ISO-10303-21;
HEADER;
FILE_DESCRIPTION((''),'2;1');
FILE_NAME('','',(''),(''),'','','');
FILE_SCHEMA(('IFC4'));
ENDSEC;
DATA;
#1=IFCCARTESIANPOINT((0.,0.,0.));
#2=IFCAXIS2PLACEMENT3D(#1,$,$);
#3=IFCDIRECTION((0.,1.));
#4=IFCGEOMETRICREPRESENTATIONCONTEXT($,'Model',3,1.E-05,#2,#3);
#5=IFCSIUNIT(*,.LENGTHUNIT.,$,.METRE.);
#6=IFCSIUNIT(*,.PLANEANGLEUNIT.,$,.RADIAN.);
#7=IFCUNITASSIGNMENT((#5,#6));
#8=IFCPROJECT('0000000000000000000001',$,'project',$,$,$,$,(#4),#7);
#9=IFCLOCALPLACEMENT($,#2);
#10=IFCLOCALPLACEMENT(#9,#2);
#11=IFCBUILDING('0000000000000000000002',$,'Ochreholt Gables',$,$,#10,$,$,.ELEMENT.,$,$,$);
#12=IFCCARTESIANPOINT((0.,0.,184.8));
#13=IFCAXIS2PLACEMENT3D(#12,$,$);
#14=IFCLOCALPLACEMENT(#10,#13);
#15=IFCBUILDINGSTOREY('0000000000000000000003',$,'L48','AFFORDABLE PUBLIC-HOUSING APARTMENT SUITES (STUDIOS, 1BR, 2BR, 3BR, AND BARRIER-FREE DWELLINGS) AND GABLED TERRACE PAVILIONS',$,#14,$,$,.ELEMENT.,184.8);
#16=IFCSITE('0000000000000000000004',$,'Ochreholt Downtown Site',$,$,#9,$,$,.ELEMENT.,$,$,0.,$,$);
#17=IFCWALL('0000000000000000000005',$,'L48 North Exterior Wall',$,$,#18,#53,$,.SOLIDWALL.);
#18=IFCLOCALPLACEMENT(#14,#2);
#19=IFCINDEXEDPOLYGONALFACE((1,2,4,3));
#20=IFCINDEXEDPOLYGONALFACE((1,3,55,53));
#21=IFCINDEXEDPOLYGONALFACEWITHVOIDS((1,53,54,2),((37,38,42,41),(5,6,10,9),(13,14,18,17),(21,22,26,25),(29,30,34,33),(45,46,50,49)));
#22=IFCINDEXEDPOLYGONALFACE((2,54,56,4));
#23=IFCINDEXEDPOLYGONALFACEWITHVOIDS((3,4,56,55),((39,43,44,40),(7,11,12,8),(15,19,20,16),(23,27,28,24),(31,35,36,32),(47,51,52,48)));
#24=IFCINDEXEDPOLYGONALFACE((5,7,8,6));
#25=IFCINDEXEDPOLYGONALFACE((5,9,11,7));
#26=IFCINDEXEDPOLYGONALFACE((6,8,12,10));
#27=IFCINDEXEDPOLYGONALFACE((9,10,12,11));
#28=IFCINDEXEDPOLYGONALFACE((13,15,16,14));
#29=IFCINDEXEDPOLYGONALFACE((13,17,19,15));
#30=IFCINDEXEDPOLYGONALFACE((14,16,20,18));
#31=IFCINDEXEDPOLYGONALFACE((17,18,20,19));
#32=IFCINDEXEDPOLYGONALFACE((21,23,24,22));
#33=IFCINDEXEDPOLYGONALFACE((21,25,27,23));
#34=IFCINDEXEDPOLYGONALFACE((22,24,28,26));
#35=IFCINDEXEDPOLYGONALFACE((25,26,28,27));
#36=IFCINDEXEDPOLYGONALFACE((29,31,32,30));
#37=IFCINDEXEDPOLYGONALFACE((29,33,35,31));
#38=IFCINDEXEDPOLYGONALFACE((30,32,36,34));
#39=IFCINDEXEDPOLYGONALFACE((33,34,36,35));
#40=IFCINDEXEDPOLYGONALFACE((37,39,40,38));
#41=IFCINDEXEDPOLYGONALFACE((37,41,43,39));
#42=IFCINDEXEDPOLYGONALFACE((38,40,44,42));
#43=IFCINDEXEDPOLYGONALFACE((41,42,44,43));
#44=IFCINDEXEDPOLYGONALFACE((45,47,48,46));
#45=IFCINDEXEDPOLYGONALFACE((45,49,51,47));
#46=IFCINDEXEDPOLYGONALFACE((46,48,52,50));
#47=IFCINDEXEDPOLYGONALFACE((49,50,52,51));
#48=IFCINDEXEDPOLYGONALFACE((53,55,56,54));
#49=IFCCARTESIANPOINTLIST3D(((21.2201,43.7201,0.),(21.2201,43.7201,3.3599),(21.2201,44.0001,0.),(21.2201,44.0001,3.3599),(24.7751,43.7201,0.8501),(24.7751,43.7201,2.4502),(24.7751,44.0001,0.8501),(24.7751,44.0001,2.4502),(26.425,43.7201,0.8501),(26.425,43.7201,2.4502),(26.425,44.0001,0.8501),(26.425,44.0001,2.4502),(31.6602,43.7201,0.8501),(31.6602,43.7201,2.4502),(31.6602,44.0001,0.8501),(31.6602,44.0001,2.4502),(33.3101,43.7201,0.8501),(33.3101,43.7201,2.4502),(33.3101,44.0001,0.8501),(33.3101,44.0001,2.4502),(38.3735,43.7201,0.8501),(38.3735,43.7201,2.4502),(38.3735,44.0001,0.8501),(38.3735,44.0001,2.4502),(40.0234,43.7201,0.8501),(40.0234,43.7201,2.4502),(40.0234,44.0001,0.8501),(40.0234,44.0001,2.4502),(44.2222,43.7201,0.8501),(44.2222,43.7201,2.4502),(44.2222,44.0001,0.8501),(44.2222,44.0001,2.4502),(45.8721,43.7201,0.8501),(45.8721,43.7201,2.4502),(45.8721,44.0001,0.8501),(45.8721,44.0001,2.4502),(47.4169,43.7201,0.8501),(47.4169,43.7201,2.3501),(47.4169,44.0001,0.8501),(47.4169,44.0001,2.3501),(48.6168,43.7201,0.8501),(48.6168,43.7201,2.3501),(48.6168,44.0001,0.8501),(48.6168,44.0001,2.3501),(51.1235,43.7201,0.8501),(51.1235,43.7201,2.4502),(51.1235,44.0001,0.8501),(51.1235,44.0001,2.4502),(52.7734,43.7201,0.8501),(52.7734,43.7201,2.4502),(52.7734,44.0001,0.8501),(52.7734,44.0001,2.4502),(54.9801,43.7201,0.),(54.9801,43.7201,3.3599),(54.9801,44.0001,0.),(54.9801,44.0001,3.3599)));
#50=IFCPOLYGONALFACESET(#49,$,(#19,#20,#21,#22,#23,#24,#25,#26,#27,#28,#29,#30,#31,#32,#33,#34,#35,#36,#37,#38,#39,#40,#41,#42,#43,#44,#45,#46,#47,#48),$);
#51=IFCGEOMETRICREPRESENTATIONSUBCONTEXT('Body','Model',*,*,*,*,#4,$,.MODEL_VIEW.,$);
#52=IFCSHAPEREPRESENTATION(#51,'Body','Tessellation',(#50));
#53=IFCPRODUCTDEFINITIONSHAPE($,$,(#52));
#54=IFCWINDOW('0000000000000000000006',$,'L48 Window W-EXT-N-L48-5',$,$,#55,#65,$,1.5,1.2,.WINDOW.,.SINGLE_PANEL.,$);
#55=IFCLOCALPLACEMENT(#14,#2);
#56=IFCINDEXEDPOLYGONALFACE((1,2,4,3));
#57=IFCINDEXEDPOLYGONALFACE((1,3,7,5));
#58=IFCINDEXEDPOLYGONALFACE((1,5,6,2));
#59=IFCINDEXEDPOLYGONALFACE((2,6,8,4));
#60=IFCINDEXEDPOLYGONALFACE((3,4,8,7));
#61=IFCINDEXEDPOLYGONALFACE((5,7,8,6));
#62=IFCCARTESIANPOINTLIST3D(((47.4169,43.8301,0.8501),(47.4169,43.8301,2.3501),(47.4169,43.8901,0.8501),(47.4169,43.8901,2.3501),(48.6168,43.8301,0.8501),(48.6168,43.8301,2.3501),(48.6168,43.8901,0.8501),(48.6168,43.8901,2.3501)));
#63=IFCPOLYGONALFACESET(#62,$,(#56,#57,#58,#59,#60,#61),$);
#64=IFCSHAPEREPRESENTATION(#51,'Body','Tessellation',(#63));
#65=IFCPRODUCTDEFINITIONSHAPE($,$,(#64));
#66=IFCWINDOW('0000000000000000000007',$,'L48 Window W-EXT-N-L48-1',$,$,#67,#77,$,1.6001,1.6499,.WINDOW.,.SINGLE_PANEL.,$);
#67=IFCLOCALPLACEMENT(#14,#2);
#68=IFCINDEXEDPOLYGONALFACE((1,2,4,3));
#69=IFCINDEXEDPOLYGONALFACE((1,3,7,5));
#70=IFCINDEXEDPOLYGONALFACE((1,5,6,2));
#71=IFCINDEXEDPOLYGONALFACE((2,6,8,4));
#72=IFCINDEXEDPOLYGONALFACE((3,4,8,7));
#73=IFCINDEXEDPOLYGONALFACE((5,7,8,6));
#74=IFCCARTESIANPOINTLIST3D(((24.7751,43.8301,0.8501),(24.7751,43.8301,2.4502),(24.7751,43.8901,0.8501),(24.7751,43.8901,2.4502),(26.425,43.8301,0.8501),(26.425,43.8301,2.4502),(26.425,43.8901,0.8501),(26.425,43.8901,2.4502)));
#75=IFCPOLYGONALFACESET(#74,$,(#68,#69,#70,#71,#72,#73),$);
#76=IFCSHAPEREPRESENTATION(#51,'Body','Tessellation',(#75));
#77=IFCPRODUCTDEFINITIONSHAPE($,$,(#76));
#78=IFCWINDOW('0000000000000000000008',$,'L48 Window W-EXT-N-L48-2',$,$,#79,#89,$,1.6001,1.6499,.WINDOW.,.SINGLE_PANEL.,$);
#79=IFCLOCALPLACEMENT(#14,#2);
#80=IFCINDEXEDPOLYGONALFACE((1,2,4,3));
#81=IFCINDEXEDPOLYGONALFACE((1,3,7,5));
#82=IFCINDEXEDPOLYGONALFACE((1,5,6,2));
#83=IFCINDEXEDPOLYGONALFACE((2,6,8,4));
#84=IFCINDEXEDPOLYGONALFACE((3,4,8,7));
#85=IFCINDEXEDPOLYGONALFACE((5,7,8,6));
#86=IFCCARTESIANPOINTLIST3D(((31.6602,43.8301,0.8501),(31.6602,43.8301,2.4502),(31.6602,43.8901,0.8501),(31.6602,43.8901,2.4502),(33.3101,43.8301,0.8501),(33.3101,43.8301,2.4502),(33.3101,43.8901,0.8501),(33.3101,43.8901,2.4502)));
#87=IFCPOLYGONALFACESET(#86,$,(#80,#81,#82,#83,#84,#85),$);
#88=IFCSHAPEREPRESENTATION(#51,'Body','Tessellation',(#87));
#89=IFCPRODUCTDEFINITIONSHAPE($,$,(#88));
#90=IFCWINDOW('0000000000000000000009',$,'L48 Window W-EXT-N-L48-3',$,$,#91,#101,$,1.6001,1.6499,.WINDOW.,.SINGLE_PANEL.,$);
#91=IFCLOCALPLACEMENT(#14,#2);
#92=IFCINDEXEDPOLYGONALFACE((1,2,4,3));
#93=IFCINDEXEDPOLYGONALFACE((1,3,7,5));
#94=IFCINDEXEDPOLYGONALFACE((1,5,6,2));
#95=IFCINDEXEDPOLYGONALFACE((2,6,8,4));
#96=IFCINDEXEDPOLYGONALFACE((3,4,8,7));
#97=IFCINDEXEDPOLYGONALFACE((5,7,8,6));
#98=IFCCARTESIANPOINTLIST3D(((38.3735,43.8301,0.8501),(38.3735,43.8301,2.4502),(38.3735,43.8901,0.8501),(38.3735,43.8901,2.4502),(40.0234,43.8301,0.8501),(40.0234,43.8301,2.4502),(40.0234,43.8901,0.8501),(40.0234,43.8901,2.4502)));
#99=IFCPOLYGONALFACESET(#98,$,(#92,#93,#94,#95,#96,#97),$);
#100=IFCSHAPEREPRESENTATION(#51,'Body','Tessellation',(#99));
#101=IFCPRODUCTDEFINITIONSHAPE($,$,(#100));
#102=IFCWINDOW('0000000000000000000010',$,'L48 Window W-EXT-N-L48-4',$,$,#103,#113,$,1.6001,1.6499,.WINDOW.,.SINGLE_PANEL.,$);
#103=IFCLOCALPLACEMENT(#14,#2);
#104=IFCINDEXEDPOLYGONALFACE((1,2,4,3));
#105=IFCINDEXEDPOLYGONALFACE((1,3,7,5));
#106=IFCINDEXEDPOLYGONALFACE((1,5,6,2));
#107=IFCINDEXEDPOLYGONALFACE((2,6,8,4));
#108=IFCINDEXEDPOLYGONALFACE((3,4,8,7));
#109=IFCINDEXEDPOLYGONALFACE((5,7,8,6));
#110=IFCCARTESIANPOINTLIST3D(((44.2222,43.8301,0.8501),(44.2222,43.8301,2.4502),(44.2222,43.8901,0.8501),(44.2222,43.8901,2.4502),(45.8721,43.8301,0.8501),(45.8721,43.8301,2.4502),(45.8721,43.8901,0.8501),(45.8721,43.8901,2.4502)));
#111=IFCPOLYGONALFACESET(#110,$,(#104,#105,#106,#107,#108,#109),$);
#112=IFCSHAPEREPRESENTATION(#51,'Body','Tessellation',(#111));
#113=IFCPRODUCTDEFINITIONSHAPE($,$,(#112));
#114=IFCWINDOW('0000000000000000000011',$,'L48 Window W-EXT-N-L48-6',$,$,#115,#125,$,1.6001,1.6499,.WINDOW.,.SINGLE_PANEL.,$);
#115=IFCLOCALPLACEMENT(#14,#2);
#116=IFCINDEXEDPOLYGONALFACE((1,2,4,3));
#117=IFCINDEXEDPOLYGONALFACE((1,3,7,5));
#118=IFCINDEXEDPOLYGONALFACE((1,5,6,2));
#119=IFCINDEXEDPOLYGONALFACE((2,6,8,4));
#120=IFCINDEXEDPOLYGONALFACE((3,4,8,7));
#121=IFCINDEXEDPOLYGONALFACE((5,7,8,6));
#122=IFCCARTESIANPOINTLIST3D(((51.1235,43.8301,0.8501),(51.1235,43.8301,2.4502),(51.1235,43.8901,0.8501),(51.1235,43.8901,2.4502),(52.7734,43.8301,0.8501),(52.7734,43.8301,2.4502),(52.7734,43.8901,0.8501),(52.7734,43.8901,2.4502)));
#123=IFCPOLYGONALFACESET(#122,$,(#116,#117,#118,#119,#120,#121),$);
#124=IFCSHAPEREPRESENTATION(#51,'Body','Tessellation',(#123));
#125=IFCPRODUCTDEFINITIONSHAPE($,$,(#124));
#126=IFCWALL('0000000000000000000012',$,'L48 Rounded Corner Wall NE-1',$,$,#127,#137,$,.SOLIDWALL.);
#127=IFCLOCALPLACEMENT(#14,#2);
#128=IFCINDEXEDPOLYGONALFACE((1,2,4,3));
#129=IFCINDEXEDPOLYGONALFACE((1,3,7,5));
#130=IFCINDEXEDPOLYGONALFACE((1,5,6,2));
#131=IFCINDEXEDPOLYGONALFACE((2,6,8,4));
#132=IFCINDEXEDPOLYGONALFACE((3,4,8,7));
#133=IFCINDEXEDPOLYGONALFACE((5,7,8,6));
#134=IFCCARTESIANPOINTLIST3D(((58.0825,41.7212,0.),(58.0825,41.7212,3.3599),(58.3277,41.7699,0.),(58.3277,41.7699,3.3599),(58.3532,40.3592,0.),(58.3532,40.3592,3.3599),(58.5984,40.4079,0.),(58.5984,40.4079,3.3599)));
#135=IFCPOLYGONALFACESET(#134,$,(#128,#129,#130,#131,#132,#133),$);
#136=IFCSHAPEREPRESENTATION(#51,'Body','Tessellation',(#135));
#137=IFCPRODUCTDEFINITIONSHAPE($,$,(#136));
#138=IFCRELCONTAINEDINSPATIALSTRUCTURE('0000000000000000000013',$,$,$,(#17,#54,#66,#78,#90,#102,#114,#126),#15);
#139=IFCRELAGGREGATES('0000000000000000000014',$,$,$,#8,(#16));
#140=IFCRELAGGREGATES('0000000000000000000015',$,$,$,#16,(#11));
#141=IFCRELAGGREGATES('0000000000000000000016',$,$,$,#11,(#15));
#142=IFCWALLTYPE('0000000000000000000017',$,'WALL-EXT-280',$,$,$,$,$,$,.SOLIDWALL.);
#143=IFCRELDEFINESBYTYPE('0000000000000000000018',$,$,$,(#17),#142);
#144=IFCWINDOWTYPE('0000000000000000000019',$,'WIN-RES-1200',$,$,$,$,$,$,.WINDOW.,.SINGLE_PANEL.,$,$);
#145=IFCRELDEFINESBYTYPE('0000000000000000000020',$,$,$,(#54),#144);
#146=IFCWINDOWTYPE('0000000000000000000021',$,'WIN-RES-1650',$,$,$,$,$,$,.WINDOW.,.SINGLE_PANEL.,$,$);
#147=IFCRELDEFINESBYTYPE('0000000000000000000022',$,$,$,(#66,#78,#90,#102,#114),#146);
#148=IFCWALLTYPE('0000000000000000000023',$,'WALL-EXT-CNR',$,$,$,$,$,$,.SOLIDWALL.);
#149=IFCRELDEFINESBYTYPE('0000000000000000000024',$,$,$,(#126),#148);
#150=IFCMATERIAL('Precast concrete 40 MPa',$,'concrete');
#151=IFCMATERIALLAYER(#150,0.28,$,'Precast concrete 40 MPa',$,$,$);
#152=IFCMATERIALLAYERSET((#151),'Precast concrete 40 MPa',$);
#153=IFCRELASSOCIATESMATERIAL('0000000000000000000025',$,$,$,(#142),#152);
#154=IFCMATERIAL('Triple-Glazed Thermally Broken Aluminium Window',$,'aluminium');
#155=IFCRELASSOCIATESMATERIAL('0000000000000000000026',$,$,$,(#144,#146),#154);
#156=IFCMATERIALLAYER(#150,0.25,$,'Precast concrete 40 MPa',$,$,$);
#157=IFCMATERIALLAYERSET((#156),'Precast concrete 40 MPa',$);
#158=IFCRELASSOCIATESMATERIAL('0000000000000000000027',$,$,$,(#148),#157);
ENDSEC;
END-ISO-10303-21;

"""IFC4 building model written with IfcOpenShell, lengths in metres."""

from ifc_helpers import new_model, si_unit, direction, frame, frame_2d, origin, place, context, subcontext, project, spatial, rectangle, extrude, material, layer, layer_set, type_object, element, fill, save


model = new_model("IFC4")

# Units and contexts
model_context = context("Model", 3, precision=1e-05, world=origin(), true_north=direction((0.0, 1.0)))
body_context = subcontext(model_context, "Body", "Model", "MODEL_VIEW")
ifc_project = project(units=[si_unit("LENGTHUNIT", "METRE"), si_unit("PLANEANGLEUNIT", "RADIAN")], contexts=[model_context])

# Site, building, storey
site_placement = place(None, origin())
site = spatial("IfcSite", under=ifc_project, at=site_placement, Name="Ochreholt Downtown Site", CompositionType="ELEMENT", RefElevation=0.0)
building_placement = place(site_placement, origin())
building = spatial("IfcBuilding", under=site, at=building_placement, Name="Ochreholt Gables", CompositionType="ELEMENT")
storey_placement = place(building_placement, frame((0.0, 0.0, 184.8)))
storey = spatial("IfcBuildingStorey", under=building, at=storey_placement, Name="L48", Description="AFFORDABLE PUBLIC-HOUSING APARTMENT SUITES (STUDIOS, 1BR, 2BR, 3BR, AND BARRIER-FREE DWELLINGS) AND GABLED TERRACE PAVILIONS", CompositionType="ELEMENT", Elevation=184.8)

# Wall, openings, windows
ifc_material_1 = material(Name="Precast concrete 40 MPa", Category="concrete")
ifc_layer_1 = layer(ifc_material_1, 0.28, Name="Precast concrete 40 MPa")
ifc_layer_set_1 = layer_set([ifc_layer_1], Name="Precast concrete 40 MPa")
wall_type_1 = type_object("IfcWallType", Name="WALL-EXT-280", PredefinedType="SOLIDWALL", material=ifc_layer_set_1)
wall_1_placement = place(storey_placement, frame((54.98, 43.8601, 0.0), z_axis=(0.0, 0.0, 1.0), x_axis=(-1.0, 0.0, 0.0)))
wall_1 = element("IfcWall", 1, at=wall_1_placement, inside=storey, type_object=wall_type_1, Name="L48 North Exterior Wall", PredefinedType="SOLIDWALL", context=body_context, shape_type="SweptSolid", body=[
    extrude(rectangle(XDim=33.76, YDim=0.28, at=frame_2d((16.8799, 0.0))), origin(), (0.0, 0.0, 1.0), 3.3599),
])
opening_1_placement = place(wall_1_placement, frame((28.5549, 0.0, 0.8501)))
opening_1 = element("IfcOpeningElement", 2, at=opening_1_placement, cuts=wall_1, PredefinedType="OPENING", context=body_context, shape_type="SweptSolid", body=[
    extrude(rectangle(XDim=1.6499, YDim=1.6001, at=frame_2d((0.825, 0.8))), frame((0.0, 0.1499, 0.0), z_axis=(0.0, -1.0, 0.0), x_axis=(1.0, 0.0, 0.0)), (0.0, 0.0, 1.0), 0.3),
])
opening_2_placement = place(wall_1_placement, frame((21.6699, 0.0, 0.8501)))
opening_2 = element("IfcOpeningElement", 3, at=opening_2_placement, cuts=wall_1, PredefinedType="OPENING", context=body_context, shape_type="SweptSolid", body=[
    extrude(rectangle(XDim=1.6499, YDim=1.6001, at=frame_2d((0.825, 0.8))), frame((0.0, 0.1499, 0.0), z_axis=(0.0, -1.0, 0.0), x_axis=(1.0, 0.0, 0.0)), (0.0, 0.0, 1.0), 0.3),
])
opening_3_placement = place(wall_1_placement, frame((14.9565, 0.0, 0.8501)))
opening_3 = element("IfcOpeningElement", 4, at=opening_3_placement, cuts=wall_1, PredefinedType="OPENING", context=body_context, shape_type="SweptSolid", body=[
    extrude(rectangle(XDim=1.6499, YDim=1.6001, at=frame_2d((0.825, 0.8))), frame((0.0, 0.1499, 0.0), z_axis=(0.0, -1.0, 0.0), x_axis=(1.0, 0.0, 0.0)), (0.0, 0.0, 1.0), 0.3),
])
opening_4_placement = place(wall_1_placement, frame((9.1079, 0.0, 0.8501)))
opening_4 = element("IfcOpeningElement", 5, at=opening_4_placement, cuts=wall_1, PredefinedType="OPENING", context=body_context, shape_type="SweptSolid", body=[
    extrude(rectangle(XDim=1.6499, YDim=1.6001, at=frame_2d((0.825, 0.8))), frame((0.0, 0.1499, 0.0), z_axis=(0.0, -1.0, 0.0), x_axis=(1.0, 0.0, 0.0)), (0.0, 0.0, 1.0), 0.3),
])
opening_5_placement = place(wall_1_placement, frame((6.363, 0.0, 0.8501)))
opening_5 = element("IfcOpeningElement", 6, at=opening_5_placement, cuts=wall_1, PredefinedType="OPENING", context=body_context, shape_type="SweptSolid", body=[
    extrude(rectangle(XDim=1.2, YDim=1.5, at=frame_2d((0.6001, 0.75))), frame((0.0, 0.1499, 0.0), z_axis=(0.0, -1.0, 0.0), x_axis=(1.0, 0.0, 0.0)), (0.0, 0.0, 1.0), 0.3),
])
opening_6_placement = place(wall_1_placement, frame((2.2065, 0.0, 0.8501)))
opening_6 = element("IfcOpeningElement", 7, at=opening_6_placement, cuts=wall_1, PredefinedType="OPENING", context=body_context, shape_type="SweptSolid", body=[
    extrude(rectangle(XDim=1.6499, YDim=1.6001, at=frame_2d((0.825, 0.8))), frame((0.0, 0.1499, 0.0), z_axis=(0.0, -1.0, 0.0), x_axis=(1.0, 0.0, 0.0)), (0.0, 0.0, 1.0), 0.3),
])
ifc_material_2 = material(Name="Triple-Glazed Thermally Broken Aluminium Window", Category="aluminium")
window_type_1 = type_object("IfcWindowType", Name="WIN-RES-1200", PartitioningType="SINGLE_PANEL", PredefinedType="WINDOW", material=ifc_material_2)
window_1_placement = place(opening_5_placement, origin())
window_1 = element("IfcWindow", 8, at=window_1_placement, inside=storey, type_object=window_type_1, Name="L48 Window W-EXT-N-L48-5", OverallHeight=1.5, OverallWidth=1.2, PartitioningType="SINGLE_PANEL", PredefinedType="WINDOW", context=body_context, shape_type="SweptSolid", body=[
    extrude(rectangle(XDim=1.2, YDim=1.5, at=frame_2d((0.6001, 0.75))), frame((0.0, 0.03, 0.0), z_axis=(0.0, -1.0, 0.0), x_axis=(1.0, 0.0, 0.0)), (0.0, 0.0, 1.0), 0.0601),
])
fill(opening_5, window_1)
window_type_2 = type_object("IfcWindowType", Name="WIN-RES-1650", PartitioningType="SINGLE_PANEL", PredefinedType="WINDOW", material=ifc_material_2)
window_2_placement = place(opening_1_placement, origin())
window_2 = element("IfcWindow", 9, at=window_2_placement, inside=storey, type_object=window_type_2, Name="L48 Window W-EXT-N-L48-1", OverallHeight=1.6001, OverallWidth=1.6499, PartitioningType="SINGLE_PANEL", PredefinedType="WINDOW", context=body_context, shape_type="SweptSolid", body=[
    extrude(rectangle(XDim=1.6499, YDim=1.6001, at=frame_2d((0.825, 0.8))), frame((0.0, 0.03, 0.0), z_axis=(0.0, -1.0, 0.0), x_axis=(1.0, 0.0, 0.0)), (0.0, 0.0, 1.0), 0.0601),
])
fill(opening_1, window_2)
window_3_placement = place(opening_2_placement, origin())
window_3 = element("IfcWindow", 10, at=window_3_placement, inside=storey, type_object=window_type_2, Name="L48 Window W-EXT-N-L48-2", OverallHeight=1.6001, OverallWidth=1.6499, PartitioningType="SINGLE_PANEL", PredefinedType="WINDOW", context=body_context, shape_type="SweptSolid", body=[
    extrude(rectangle(XDim=1.6499, YDim=1.6001, at=frame_2d((0.825, 0.8))), frame((0.0, 0.03, 0.0), z_axis=(0.0, -1.0, 0.0), x_axis=(1.0, 0.0, 0.0)), (0.0, 0.0, 1.0), 0.0601),
])
fill(opening_2, window_3)
window_4_placement = place(opening_3_placement, origin())
window_4 = element("IfcWindow", 11, at=window_4_placement, inside=storey, type_object=window_type_2, Name="L48 Window W-EXT-N-L48-3", OverallHeight=1.6001, OverallWidth=1.6499, PartitioningType="SINGLE_PANEL", PredefinedType="WINDOW", context=body_context, shape_type="SweptSolid", body=[
    extrude(rectangle(XDim=1.6499, YDim=1.6001, at=frame_2d((0.825, 0.8))), frame((0.0, 0.03, 0.0), z_axis=(0.0, -1.0, 0.0), x_axis=(1.0, 0.0, 0.0)), (0.0, 0.0, 1.0), 0.0601),
])
fill(opening_3, window_4)
window_5_placement = place(opening_4_placement, origin())
window_5 = element("IfcWindow", 12, at=window_5_placement, inside=storey, type_object=window_type_2, Name="L48 Window W-EXT-N-L48-4", OverallHeight=1.6001, OverallWidth=1.6499, PartitioningType="SINGLE_PANEL", PredefinedType="WINDOW", context=body_context, shape_type="SweptSolid", body=[
    extrude(rectangle(XDim=1.6499, YDim=1.6001, at=frame_2d((0.825, 0.8))), frame((0.0, 0.03, 0.0), z_axis=(0.0, -1.0, 0.0), x_axis=(1.0, 0.0, 0.0)), (0.0, 0.0, 1.0), 0.0601),
])
fill(opening_4, window_5)
window_6_placement = place(opening_6_placement, origin())
window_6 = element("IfcWindow", 13, at=window_6_placement, inside=storey, type_object=window_type_2, Name="L48 Window W-EXT-N-L48-6", OverallHeight=1.6001, OverallWidth=1.6499, PartitioningType="SINGLE_PANEL", PredefinedType="WINDOW", context=body_context, shape_type="SweptSolid", body=[
    extrude(rectangle(XDim=1.6499, YDim=1.6001, at=frame_2d((0.825, 0.8))), frame((0.0, 0.03, 0.0), z_axis=(0.0, -1.0, 0.0), x_axis=(1.0, 0.0, 0.0)), (0.0, 0.0, 1.0), 0.0601),
])
fill(opening_6, window_6)

# Wall
ifc_layer_2 = layer(ifc_material_1, 0.25, Name="Precast concrete 40 MPa")
ifc_layer_set_2 = layer_set([ifc_layer_2], Name="Precast concrete 40 MPa")
wall_type_2 = type_object("IfcWallType", Name="WALL-EXT-CNR", PredefinedType="SOLIDWALL", material=ifc_layer_set_2)
wall_2_placement = place(storey_placement, frame((58.4758, 40.3835, 0.0), z_axis=(0.0, 0.0, 1.0), x_axis=(-0.194967, 0.98081, 0.0)))
element("IfcWall", 14, at=wall_2_placement, inside=storey, type_object=wall_type_2, Name="L48 Rounded Corner Wall NE-1", PredefinedType="SOLIDWALL", context=body_context, shape_type="SweptSolid", body=[
    extrude(rectangle(XDim=1.3887, YDim=0.25, at=frame_2d((0.6943, 0.0))), origin(), (0.0, 0.0, 1.0), 3.3599),
])

save(model, "model.ifc")
